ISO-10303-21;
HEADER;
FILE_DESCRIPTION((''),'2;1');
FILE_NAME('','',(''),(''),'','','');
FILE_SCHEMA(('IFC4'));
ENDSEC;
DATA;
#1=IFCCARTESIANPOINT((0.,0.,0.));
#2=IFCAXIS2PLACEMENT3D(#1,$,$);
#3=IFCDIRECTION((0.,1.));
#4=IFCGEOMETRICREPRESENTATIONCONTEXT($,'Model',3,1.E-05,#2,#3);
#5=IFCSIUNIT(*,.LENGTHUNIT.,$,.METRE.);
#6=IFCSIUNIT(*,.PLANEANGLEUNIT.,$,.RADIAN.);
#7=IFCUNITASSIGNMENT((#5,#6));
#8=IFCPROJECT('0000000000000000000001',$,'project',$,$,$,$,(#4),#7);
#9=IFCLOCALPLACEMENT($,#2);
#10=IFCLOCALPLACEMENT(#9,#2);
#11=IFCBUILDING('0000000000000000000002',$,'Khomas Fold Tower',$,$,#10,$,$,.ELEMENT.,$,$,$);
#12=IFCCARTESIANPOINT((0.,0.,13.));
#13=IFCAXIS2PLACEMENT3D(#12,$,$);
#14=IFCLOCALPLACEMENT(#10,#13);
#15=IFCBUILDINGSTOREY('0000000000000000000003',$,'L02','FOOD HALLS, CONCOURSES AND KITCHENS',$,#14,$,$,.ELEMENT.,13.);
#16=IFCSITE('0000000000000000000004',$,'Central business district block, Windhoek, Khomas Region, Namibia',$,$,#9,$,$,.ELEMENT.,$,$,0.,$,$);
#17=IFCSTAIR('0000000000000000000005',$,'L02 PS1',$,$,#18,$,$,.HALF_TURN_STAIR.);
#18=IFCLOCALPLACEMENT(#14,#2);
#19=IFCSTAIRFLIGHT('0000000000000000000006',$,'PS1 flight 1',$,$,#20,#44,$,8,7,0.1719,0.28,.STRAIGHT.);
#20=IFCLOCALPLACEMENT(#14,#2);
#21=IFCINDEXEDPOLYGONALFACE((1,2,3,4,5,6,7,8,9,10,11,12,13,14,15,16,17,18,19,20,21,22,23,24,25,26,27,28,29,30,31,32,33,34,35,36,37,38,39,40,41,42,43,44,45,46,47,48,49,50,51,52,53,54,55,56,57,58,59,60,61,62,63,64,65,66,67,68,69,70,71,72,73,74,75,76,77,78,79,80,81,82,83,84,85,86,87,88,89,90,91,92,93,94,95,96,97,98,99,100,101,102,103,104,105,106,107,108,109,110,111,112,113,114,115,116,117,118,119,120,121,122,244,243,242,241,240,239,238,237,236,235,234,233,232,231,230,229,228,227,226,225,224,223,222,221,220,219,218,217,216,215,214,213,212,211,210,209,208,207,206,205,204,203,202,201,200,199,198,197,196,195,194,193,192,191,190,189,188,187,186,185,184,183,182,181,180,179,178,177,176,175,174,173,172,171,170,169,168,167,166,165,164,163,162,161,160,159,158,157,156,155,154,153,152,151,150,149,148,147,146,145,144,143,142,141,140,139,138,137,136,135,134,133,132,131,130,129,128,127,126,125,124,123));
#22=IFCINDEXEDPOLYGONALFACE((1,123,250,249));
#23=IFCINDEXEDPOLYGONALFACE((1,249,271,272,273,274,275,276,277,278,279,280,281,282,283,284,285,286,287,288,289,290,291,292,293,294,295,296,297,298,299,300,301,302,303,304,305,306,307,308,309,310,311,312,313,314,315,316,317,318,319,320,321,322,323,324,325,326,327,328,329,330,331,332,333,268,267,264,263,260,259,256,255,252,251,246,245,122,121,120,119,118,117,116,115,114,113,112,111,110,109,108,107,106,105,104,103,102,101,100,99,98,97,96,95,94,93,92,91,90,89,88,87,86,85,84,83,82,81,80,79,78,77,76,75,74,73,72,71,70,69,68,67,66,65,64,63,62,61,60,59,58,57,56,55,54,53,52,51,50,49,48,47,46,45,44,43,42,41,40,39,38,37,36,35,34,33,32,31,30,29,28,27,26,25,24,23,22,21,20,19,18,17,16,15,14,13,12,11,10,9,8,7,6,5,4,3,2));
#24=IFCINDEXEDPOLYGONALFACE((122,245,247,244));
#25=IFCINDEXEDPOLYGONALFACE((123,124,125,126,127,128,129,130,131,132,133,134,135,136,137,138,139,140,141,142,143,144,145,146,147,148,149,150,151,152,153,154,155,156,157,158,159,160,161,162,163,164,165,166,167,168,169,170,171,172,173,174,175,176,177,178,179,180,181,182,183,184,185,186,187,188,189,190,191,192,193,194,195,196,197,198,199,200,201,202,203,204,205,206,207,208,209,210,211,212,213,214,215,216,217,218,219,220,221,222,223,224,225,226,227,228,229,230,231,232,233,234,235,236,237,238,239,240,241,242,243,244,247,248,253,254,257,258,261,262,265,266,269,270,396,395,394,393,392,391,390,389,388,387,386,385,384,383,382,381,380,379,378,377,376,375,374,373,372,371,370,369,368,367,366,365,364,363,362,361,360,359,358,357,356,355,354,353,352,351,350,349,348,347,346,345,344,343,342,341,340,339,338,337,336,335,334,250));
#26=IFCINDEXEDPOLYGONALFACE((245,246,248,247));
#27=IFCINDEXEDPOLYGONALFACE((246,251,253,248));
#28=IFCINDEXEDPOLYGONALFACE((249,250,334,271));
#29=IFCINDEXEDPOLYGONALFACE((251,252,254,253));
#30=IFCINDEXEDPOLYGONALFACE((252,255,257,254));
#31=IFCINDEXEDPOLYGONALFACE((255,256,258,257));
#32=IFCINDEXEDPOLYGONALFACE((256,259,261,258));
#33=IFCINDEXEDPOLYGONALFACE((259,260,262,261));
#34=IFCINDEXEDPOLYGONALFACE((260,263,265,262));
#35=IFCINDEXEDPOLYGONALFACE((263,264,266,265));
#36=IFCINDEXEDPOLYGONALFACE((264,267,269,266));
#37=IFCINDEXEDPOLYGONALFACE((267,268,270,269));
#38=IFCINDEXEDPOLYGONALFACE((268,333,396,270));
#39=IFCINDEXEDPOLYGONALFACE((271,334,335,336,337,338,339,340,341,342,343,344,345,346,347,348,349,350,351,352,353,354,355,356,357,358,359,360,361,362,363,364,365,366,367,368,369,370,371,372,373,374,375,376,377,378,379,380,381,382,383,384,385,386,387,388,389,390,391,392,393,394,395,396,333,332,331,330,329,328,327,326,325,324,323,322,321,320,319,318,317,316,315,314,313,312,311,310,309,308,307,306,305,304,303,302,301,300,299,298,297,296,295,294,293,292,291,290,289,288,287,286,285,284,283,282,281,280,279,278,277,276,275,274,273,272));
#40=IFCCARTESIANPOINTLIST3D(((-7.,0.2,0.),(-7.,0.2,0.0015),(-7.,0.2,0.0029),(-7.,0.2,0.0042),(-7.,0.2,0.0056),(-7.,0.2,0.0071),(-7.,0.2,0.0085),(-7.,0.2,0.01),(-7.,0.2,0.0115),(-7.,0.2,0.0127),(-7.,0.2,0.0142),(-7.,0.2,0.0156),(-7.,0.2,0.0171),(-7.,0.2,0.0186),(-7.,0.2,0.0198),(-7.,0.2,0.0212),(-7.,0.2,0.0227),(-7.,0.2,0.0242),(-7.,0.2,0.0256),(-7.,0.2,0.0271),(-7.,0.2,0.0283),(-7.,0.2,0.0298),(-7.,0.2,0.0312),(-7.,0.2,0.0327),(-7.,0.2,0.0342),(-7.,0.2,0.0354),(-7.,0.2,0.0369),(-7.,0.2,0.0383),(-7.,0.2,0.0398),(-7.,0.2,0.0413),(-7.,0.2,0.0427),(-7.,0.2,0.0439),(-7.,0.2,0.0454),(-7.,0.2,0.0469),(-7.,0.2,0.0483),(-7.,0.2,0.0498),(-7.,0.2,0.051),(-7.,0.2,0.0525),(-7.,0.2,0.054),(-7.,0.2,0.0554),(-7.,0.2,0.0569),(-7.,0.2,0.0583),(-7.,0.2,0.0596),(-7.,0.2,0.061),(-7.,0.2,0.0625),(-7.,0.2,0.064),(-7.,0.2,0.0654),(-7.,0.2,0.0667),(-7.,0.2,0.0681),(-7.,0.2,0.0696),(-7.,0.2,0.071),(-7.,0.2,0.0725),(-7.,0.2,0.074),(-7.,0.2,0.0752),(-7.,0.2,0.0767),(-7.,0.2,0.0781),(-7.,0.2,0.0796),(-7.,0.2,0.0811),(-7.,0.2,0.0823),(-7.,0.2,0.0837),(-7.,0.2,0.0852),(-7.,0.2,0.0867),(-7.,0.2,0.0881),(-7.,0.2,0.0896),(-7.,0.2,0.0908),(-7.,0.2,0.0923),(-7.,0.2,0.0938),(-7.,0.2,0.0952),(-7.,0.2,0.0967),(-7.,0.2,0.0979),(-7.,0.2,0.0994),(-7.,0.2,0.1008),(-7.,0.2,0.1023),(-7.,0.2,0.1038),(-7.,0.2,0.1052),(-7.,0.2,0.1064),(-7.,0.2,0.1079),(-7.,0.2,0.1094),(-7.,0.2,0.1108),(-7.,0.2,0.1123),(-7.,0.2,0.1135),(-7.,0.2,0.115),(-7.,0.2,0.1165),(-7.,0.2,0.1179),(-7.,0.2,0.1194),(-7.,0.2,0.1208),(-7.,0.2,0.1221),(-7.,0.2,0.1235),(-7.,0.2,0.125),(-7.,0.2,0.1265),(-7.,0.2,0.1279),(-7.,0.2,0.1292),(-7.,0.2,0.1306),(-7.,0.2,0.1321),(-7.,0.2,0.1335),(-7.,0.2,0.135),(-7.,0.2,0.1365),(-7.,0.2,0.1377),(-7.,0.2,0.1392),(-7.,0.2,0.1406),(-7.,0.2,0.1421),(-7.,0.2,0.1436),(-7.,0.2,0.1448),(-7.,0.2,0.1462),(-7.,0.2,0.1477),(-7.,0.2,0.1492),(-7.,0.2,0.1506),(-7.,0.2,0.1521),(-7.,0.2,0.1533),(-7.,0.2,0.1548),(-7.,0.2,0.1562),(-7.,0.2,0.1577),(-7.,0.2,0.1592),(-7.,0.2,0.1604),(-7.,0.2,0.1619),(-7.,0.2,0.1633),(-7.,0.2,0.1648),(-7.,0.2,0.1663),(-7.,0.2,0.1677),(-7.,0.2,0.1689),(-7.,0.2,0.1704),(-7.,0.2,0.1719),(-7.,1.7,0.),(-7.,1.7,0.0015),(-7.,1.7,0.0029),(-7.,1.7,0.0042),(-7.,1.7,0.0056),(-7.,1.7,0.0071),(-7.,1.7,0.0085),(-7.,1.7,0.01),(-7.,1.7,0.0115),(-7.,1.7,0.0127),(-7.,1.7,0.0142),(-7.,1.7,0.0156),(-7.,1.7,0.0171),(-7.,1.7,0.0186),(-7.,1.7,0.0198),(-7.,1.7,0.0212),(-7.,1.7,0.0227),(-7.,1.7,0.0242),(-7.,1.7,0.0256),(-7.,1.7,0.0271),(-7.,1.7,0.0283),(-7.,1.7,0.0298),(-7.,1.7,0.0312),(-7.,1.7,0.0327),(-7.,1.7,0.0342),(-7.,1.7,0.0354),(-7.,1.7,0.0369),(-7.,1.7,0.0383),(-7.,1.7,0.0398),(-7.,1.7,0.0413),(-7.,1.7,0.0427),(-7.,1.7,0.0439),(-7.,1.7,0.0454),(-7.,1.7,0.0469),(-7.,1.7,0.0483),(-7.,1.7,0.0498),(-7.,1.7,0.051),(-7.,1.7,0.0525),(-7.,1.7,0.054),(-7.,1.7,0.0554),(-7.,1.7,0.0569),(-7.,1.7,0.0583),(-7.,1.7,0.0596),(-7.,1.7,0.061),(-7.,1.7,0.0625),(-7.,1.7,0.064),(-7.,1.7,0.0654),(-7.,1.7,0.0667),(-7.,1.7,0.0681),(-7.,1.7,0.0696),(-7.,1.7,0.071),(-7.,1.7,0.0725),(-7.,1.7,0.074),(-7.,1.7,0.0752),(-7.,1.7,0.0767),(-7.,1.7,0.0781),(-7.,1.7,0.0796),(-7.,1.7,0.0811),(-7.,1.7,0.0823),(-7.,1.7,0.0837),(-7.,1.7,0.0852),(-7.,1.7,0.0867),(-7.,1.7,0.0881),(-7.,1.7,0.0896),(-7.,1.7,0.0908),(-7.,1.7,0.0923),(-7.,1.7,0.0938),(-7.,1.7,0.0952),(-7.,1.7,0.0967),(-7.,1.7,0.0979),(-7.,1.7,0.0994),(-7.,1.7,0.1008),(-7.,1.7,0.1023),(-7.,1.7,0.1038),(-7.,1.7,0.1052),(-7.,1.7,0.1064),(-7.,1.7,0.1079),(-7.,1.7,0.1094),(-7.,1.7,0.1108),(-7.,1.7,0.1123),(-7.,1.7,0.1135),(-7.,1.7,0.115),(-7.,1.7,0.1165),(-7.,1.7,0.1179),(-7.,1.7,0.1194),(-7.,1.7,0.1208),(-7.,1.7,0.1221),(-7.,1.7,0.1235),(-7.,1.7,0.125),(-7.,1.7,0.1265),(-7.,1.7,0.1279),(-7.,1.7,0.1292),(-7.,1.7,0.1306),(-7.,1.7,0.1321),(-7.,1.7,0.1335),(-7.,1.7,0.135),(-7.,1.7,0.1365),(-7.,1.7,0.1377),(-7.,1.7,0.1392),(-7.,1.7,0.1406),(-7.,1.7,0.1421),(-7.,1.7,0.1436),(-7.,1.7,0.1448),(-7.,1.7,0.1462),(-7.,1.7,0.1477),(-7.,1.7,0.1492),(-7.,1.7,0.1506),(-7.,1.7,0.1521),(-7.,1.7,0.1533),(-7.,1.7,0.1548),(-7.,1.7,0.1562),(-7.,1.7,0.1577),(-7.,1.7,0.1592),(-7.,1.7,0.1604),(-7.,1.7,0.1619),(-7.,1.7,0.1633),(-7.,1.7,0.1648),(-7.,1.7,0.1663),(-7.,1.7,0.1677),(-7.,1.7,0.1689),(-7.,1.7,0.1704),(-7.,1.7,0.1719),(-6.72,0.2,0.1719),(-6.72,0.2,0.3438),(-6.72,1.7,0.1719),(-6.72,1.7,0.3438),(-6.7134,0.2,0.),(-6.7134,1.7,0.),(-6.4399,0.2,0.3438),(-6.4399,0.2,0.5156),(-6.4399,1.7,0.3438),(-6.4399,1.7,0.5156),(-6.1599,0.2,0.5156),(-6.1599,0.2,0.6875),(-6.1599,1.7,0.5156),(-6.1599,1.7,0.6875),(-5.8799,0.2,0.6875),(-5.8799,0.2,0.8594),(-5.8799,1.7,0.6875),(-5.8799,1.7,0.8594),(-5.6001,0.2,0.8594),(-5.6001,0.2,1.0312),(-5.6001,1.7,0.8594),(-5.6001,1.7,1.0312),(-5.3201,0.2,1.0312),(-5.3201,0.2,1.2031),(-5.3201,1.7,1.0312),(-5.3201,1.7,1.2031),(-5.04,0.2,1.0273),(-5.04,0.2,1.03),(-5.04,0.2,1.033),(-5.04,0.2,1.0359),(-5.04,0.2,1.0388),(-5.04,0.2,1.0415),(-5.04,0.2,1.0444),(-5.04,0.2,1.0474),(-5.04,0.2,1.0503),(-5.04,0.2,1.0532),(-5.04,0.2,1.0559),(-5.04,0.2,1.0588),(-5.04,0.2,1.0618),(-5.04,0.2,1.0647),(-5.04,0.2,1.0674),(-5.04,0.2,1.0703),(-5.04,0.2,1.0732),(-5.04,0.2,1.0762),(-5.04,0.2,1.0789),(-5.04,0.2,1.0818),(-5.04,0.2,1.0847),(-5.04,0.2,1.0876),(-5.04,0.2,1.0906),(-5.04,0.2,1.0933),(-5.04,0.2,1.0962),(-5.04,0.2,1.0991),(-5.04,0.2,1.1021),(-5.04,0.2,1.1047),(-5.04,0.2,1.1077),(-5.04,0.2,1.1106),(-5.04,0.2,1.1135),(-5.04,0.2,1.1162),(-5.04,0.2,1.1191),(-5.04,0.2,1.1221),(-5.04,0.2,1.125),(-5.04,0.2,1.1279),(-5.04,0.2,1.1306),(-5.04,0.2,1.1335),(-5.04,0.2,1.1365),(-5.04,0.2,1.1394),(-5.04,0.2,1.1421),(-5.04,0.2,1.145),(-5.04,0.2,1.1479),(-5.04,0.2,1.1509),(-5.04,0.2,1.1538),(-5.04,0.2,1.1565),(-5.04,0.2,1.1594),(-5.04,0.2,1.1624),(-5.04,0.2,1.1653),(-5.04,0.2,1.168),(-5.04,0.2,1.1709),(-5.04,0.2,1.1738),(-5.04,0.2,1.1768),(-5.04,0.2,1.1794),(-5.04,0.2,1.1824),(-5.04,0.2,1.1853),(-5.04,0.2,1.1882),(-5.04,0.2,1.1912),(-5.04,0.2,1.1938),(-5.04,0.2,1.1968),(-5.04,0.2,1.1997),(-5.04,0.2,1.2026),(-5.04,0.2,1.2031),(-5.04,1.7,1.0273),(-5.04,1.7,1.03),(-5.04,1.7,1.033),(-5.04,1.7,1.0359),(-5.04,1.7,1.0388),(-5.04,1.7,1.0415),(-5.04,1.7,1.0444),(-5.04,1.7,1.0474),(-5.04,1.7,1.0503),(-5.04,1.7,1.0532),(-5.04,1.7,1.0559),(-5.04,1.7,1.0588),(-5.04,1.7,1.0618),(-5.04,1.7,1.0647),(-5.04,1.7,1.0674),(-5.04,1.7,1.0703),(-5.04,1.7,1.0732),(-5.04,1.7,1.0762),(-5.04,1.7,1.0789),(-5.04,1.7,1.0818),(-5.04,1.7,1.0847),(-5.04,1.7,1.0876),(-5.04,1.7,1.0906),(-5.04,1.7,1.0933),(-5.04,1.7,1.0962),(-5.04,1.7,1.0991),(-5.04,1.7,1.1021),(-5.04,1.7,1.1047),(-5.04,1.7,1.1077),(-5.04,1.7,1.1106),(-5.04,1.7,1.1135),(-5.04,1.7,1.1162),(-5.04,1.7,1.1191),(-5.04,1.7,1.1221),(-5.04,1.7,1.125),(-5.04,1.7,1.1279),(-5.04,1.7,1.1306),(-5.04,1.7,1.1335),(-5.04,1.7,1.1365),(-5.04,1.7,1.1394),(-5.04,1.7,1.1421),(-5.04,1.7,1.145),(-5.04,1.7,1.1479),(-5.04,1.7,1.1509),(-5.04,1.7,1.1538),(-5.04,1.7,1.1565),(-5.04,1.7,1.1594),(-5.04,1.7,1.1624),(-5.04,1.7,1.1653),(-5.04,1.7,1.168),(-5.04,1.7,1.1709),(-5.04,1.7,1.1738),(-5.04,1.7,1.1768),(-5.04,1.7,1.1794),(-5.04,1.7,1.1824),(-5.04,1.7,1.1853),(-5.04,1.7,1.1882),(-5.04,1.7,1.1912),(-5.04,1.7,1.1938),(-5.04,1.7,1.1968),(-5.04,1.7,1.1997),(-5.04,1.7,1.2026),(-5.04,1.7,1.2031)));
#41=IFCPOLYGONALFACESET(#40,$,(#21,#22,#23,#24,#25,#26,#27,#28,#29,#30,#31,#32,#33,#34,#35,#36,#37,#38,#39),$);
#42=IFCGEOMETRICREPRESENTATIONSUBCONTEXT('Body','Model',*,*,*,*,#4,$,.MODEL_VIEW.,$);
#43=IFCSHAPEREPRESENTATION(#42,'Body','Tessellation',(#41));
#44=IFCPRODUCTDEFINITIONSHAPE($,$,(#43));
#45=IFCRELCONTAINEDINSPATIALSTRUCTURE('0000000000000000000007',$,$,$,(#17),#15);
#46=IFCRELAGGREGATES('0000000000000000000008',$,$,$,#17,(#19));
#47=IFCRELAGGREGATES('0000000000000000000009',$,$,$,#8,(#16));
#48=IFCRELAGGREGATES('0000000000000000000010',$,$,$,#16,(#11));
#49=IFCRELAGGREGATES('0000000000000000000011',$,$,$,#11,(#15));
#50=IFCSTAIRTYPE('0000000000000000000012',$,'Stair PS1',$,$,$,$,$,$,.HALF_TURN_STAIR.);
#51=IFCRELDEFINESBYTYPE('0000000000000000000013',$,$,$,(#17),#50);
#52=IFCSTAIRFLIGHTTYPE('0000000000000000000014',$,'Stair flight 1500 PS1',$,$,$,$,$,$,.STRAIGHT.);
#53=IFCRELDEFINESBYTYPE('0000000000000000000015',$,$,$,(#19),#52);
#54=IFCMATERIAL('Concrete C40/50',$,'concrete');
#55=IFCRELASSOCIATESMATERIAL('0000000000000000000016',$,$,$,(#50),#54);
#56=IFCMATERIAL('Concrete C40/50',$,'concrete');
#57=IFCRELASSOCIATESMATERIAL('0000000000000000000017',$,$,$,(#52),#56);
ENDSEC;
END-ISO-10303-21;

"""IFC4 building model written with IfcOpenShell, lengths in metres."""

from ifc_helpers import new_model, si_unit, direction, frame, origin, place, context, subcontext, project, spatial, polyline, outline, extrude, source, transform, mapped, material, type_object, element, aggregate, save


model = new_model("IFC4")

# Units and contexts
model_context = context("Model", 3, precision=1e-05, world=origin(), true_north=direction((0.0, 1.0)))
body_context = subcontext(model_context, "Body", "Model", "MODEL_VIEW")
ifc_project = project(units=[si_unit("LENGTHUNIT", "METRE"), si_unit("PLANEANGLEUNIT", "RADIAN")], contexts=[model_context])

# Site, building, storey
site_placement = place(None, origin())
site = spatial("IfcSite", under=ifc_project, at=site_placement, Name="Central business district block, Windhoek, Khomas Region, Namibia", CompositionType="ELEMENT", RefElevation=0.0)
building_placement = place(site_placement, origin())
building = spatial("IfcBuilding", under=site, at=building_placement, Name="Khomas Fold Tower", CompositionType="ELEMENT")
storey_placement = place(building_placement, frame((0.0, 0.0, 13.0)))
storey = spatial("IfcBuildingStorey", under=building, at=storey_placement, Name="L02", Description="FOOD HALLS, CONCOURSES AND KITCHENS", CompositionType="ELEMENT", Elevation=13.0)

# Stair, stair flight
ifc_material_1 = material(Name="Concrete C40/50", Category="concrete")
stair_type = type_object("IfcStairType", Name="Stair PS1", PredefinedType="HALF_TURN_STAIR", material=ifc_material_1)
stair_placement = place(storey_placement, origin())
stair = element("IfcStair", 1, at=stair_placement, inside=storey, type_object=stair_type, Name="L02 PS1", PredefinedType="HALF_TURN_STAIR")
ifc_material_2 = material(Name="Concrete C40/50", Category="concrete")
stair_flight_type = type_object("IfcStairFlightType", Name="Stair flight 1500 PS1", PredefinedType="STRAIGHT", material=ifc_material_2)
shared_shape_1 = source(origin(), body_context, "Body", "SweptSolid", [
    extrude(outline(polyline([(0.0, 0.0), (0.0, 0.0015), (0.0, 0.0029), (0.0, 0.0042), (0.0, 0.0056), (0.0, 0.0071), (0.0, 0.0085), (0.0, 0.01), (0.0, 0.0115), (0.0, 0.0127), (0.0, 0.0142), (0.0, 0.0156), (0.0, 0.0171), (0.0, 0.0186), (0.0, 0.0198), (0.0, 0.0212), (0.0, 0.0227), (0.0, 0.0242), (0.0, 0.0256), (0.0, 0.0271), (0.0, 0.0283), (0.0, 0.0298), (0.0, 0.0312), (0.0, 0.0327), (0.0, 0.0342), (0.0, 0.0354), (0.0, 0.0369), (0.0, 0.0383), (0.0, 0.0398), (0.0, 0.0413), (0.0, 0.0427), (0.0, 0.0439), (0.0, 0.0454), (0.0, 0.0469), (0.0, 0.0483), (0.0, 0.0498), (0.0, 0.051), (0.0, 0.0525), (0.0, 0.054), (0.0, 0.0554), (0.0, 0.0569), (0.0, 0.0583), (0.0, 0.0596), (0.0, 0.061), (0.0, 0.0625), (0.0, 0.064), (0.0, 0.0654), (0.0, 0.0667), (0.0, 0.0681), (0.0, 0.0696), (0.0, 0.071), (0.0, 0.0725), (0.0, 0.074), (0.0, 0.0752), (0.0, 0.0767), (0.0, 0.0781), (0.0, 0.0796), (0.0, 0.0811), (0.0, 0.0823), (0.0, 0.0837), (0.0, 0.0852), (0.0, 0.0867), (0.0, 0.0881), (0.0, 0.0896), (0.0, 0.0908), (0.0, 0.0923), (0.0, 0.0938), (0.0, 0.0952), (0.0, 0.0967), (0.0, 0.0979), (0.0, 0.0994), (0.0, 0.1008), (0.0, 0.1023), (0.0, 0.1038), (0.0, 0.1052), (0.0, 0.1064), (0.0, 0.1079), (0.0, 0.1094), (0.0, 0.1108), (0.0, 0.1123), (0.0, 0.1135), (0.0, 0.115), (0.0, 0.1165), (0.0, 0.1179), (0.0, 0.1194), (0.0, 0.1208), (0.0, 0.1221), (0.0, 0.1235), (0.0, 0.125), (0.0, 0.1265), (0.0, 0.1279), (0.0, 0.1292), (0.0, 0.1306), (0.0, 0.1321), (0.0, 0.1335), (0.0, 0.135), (0.0, 0.1365), (0.0, 0.1377), (0.0, 0.1392), (0.0, 0.1406), (0.0, 0.1421), (0.0, 0.1436), (0.0, 0.1448), (0.0, 0.1462), (0.0, 0.1477), (0.0, 0.1492), (0.0, 0.1506), (0.0, 0.1521), (0.0, 0.1533), (0.0, 0.1548), (0.0, 0.1562), (0.0, 0.1577), (0.0, 0.1592), (0.0, 0.1604), (0.0, 0.1619), (0.0, 0.1633), (0.0, 0.1648), (0.0, 0.1663), (0.0, 0.1677), (0.0, 0.1689), (0.0, 0.1704), (0.0, 0.1719), (0.28, 0.1719), (0.28, 0.3438), (0.5601, 0.3438), (0.5601, 0.5156), (0.8401, 0.5156), (0.8401, 0.6875), (1.1201, 0.6875), (1.1201, 0.8594), (1.3999, 0.8594), (1.3999, 1.0312), (1.6799, 1.0312), (1.6799, 1.2031), (1.96, 1.2031), (1.96, 1.375), (1.96, 1.3721), (1.96, 1.3691), (1.96, 1.3665), (1.96, 1.3635), (1.96, 1.3606), (1.96, 1.3577), (1.96, 1.355), (1.96, 1.3521), (1.96, 1.3491), (1.96, 1.3462), (1.96, 1.3435), (1.96, 1.3406), (1.96, 1.3376), (1.96, 1.3347), (1.96, 1.3318), (1.96, 1.3291), (1.96, 1.3262), (1.96, 1.3232), (1.96, 1.3203), (1.96, 1.3176), (1.96, 1.3147), (1.96, 1.3118), (1.96, 1.3088), (1.96, 1.3059), (1.96, 1.3032), (1.96, 1.3003), (1.96, 1.2974), (1.96, 1.2944), (1.96, 1.2917), (1.96, 1.2888), (1.96, 1.2859), (1.96, 1.283), (1.96, 1.2803), (1.96, 1.2773), (1.96, 1.2744), (1.96, 1.2715), (1.96, 1.2686), (1.96, 1.2659), (1.96, 1.2629), (1.96, 1.26), (1.96, 1.2571), (1.96, 1.2544), (1.96, 1.2515), (1.96, 1.2485), (1.96, 1.2456), (1.96, 1.2427), (1.96, 1.24), (1.96, 1.2371), (1.96, 1.2341), (1.96, 1.2312), (1.96, 1.2285), (1.96, 1.2256), (1.96, 1.2227), (1.96, 1.2197), (1.96, 1.217), (1.96, 1.2141), (1.96, 1.2112), (1.96, 1.2083), (1.96, 1.2053), (1.96, 1.2026), (1.96, 1.1997), (1.96, 1.1968), (1.96, 1.1938), (1.96, 1.1912), (1.96, 1.1882), (1.96, 1.1853), (1.96, 1.1824), (1.96, 1.1794), (1.96, 1.1768), (1.96, 1.1738), (1.96, 1.1709), (1.96, 1.168), (1.96, 1.1653), (1.96, 1.1624), (1.96, 1.1594), (1.96, 1.1565), (1.96, 1.1538), (1.96, 1.1509), (1.96, 1.1479), (1.96, 1.145), (1.96, 1.1421), (1.96, 1.1394), (1.96, 1.1365), (1.96, 1.1335), (1.96, 1.1306), (1.96, 1.1279), (1.96, 1.125), (1.96, 1.1221), (1.96, 1.1191), (1.96, 1.1162), (1.96, 1.1135), (1.96, 1.1106), (1.96, 1.1077), (1.96, 1.1047), (1.96, 1.1021), (1.96, 1.0991), (1.96, 1.0962), (1.96, 1.0933), (1.96, 1.0906), (1.96, 1.0876), (1.96, 1.0847), (1.96, 1.0818), (1.96, 1.0789), (1.96, 1.0762), (1.96, 1.0732), (1.96, 1.0703), (1.96, 1.0674), (1.96, 1.0647), (1.96, 1.0618), (1.96, 1.0588), (1.96, 1.0559), (1.96, 1.0532), (1.96, 1.0503), (1.96, 1.0474), (1.96, 1.0444), (1.96, 1.0415), (1.96, 1.0388), (1.96, 1.0359), (1.96, 1.033), (1.96, 1.03), (1.96, 1.0273), (0.2866, 0.0), (0.0, 0.0)])), frame((0.0, 0.75, 0.0), z_axis=(0.0, -1.0, 0.0), x_axis=(1.0, 0.0, 0.0)), (0.0, 0.0, 1.0), 1.5),
])
stair_flight_1_placement = place(storey_placement, frame((-7.0, 0.95, 0.0), z_axis=(0.0, 0.0, 1.0), x_axis=(1.0, 0.0, 0.0)))
stair_flight_1 = element("IfcStairFlight", 2, at=stair_flight_1_placement, type_object=stair_flight_type, Name="PS1 flight 1", NumberOfRisers=8, NumberOfTreads=7, PredefinedType="STRAIGHT", RiserHeight=0.1719, TreadLength=0.28, context=body_context, shape_type="MappedRepresentation", body=[
    mapped(shared_shape_1, transform((0.0, 0.0, 0.0))),
])
aggregate(stair, [stair_flight_1])

save(model, "model.ifc")
